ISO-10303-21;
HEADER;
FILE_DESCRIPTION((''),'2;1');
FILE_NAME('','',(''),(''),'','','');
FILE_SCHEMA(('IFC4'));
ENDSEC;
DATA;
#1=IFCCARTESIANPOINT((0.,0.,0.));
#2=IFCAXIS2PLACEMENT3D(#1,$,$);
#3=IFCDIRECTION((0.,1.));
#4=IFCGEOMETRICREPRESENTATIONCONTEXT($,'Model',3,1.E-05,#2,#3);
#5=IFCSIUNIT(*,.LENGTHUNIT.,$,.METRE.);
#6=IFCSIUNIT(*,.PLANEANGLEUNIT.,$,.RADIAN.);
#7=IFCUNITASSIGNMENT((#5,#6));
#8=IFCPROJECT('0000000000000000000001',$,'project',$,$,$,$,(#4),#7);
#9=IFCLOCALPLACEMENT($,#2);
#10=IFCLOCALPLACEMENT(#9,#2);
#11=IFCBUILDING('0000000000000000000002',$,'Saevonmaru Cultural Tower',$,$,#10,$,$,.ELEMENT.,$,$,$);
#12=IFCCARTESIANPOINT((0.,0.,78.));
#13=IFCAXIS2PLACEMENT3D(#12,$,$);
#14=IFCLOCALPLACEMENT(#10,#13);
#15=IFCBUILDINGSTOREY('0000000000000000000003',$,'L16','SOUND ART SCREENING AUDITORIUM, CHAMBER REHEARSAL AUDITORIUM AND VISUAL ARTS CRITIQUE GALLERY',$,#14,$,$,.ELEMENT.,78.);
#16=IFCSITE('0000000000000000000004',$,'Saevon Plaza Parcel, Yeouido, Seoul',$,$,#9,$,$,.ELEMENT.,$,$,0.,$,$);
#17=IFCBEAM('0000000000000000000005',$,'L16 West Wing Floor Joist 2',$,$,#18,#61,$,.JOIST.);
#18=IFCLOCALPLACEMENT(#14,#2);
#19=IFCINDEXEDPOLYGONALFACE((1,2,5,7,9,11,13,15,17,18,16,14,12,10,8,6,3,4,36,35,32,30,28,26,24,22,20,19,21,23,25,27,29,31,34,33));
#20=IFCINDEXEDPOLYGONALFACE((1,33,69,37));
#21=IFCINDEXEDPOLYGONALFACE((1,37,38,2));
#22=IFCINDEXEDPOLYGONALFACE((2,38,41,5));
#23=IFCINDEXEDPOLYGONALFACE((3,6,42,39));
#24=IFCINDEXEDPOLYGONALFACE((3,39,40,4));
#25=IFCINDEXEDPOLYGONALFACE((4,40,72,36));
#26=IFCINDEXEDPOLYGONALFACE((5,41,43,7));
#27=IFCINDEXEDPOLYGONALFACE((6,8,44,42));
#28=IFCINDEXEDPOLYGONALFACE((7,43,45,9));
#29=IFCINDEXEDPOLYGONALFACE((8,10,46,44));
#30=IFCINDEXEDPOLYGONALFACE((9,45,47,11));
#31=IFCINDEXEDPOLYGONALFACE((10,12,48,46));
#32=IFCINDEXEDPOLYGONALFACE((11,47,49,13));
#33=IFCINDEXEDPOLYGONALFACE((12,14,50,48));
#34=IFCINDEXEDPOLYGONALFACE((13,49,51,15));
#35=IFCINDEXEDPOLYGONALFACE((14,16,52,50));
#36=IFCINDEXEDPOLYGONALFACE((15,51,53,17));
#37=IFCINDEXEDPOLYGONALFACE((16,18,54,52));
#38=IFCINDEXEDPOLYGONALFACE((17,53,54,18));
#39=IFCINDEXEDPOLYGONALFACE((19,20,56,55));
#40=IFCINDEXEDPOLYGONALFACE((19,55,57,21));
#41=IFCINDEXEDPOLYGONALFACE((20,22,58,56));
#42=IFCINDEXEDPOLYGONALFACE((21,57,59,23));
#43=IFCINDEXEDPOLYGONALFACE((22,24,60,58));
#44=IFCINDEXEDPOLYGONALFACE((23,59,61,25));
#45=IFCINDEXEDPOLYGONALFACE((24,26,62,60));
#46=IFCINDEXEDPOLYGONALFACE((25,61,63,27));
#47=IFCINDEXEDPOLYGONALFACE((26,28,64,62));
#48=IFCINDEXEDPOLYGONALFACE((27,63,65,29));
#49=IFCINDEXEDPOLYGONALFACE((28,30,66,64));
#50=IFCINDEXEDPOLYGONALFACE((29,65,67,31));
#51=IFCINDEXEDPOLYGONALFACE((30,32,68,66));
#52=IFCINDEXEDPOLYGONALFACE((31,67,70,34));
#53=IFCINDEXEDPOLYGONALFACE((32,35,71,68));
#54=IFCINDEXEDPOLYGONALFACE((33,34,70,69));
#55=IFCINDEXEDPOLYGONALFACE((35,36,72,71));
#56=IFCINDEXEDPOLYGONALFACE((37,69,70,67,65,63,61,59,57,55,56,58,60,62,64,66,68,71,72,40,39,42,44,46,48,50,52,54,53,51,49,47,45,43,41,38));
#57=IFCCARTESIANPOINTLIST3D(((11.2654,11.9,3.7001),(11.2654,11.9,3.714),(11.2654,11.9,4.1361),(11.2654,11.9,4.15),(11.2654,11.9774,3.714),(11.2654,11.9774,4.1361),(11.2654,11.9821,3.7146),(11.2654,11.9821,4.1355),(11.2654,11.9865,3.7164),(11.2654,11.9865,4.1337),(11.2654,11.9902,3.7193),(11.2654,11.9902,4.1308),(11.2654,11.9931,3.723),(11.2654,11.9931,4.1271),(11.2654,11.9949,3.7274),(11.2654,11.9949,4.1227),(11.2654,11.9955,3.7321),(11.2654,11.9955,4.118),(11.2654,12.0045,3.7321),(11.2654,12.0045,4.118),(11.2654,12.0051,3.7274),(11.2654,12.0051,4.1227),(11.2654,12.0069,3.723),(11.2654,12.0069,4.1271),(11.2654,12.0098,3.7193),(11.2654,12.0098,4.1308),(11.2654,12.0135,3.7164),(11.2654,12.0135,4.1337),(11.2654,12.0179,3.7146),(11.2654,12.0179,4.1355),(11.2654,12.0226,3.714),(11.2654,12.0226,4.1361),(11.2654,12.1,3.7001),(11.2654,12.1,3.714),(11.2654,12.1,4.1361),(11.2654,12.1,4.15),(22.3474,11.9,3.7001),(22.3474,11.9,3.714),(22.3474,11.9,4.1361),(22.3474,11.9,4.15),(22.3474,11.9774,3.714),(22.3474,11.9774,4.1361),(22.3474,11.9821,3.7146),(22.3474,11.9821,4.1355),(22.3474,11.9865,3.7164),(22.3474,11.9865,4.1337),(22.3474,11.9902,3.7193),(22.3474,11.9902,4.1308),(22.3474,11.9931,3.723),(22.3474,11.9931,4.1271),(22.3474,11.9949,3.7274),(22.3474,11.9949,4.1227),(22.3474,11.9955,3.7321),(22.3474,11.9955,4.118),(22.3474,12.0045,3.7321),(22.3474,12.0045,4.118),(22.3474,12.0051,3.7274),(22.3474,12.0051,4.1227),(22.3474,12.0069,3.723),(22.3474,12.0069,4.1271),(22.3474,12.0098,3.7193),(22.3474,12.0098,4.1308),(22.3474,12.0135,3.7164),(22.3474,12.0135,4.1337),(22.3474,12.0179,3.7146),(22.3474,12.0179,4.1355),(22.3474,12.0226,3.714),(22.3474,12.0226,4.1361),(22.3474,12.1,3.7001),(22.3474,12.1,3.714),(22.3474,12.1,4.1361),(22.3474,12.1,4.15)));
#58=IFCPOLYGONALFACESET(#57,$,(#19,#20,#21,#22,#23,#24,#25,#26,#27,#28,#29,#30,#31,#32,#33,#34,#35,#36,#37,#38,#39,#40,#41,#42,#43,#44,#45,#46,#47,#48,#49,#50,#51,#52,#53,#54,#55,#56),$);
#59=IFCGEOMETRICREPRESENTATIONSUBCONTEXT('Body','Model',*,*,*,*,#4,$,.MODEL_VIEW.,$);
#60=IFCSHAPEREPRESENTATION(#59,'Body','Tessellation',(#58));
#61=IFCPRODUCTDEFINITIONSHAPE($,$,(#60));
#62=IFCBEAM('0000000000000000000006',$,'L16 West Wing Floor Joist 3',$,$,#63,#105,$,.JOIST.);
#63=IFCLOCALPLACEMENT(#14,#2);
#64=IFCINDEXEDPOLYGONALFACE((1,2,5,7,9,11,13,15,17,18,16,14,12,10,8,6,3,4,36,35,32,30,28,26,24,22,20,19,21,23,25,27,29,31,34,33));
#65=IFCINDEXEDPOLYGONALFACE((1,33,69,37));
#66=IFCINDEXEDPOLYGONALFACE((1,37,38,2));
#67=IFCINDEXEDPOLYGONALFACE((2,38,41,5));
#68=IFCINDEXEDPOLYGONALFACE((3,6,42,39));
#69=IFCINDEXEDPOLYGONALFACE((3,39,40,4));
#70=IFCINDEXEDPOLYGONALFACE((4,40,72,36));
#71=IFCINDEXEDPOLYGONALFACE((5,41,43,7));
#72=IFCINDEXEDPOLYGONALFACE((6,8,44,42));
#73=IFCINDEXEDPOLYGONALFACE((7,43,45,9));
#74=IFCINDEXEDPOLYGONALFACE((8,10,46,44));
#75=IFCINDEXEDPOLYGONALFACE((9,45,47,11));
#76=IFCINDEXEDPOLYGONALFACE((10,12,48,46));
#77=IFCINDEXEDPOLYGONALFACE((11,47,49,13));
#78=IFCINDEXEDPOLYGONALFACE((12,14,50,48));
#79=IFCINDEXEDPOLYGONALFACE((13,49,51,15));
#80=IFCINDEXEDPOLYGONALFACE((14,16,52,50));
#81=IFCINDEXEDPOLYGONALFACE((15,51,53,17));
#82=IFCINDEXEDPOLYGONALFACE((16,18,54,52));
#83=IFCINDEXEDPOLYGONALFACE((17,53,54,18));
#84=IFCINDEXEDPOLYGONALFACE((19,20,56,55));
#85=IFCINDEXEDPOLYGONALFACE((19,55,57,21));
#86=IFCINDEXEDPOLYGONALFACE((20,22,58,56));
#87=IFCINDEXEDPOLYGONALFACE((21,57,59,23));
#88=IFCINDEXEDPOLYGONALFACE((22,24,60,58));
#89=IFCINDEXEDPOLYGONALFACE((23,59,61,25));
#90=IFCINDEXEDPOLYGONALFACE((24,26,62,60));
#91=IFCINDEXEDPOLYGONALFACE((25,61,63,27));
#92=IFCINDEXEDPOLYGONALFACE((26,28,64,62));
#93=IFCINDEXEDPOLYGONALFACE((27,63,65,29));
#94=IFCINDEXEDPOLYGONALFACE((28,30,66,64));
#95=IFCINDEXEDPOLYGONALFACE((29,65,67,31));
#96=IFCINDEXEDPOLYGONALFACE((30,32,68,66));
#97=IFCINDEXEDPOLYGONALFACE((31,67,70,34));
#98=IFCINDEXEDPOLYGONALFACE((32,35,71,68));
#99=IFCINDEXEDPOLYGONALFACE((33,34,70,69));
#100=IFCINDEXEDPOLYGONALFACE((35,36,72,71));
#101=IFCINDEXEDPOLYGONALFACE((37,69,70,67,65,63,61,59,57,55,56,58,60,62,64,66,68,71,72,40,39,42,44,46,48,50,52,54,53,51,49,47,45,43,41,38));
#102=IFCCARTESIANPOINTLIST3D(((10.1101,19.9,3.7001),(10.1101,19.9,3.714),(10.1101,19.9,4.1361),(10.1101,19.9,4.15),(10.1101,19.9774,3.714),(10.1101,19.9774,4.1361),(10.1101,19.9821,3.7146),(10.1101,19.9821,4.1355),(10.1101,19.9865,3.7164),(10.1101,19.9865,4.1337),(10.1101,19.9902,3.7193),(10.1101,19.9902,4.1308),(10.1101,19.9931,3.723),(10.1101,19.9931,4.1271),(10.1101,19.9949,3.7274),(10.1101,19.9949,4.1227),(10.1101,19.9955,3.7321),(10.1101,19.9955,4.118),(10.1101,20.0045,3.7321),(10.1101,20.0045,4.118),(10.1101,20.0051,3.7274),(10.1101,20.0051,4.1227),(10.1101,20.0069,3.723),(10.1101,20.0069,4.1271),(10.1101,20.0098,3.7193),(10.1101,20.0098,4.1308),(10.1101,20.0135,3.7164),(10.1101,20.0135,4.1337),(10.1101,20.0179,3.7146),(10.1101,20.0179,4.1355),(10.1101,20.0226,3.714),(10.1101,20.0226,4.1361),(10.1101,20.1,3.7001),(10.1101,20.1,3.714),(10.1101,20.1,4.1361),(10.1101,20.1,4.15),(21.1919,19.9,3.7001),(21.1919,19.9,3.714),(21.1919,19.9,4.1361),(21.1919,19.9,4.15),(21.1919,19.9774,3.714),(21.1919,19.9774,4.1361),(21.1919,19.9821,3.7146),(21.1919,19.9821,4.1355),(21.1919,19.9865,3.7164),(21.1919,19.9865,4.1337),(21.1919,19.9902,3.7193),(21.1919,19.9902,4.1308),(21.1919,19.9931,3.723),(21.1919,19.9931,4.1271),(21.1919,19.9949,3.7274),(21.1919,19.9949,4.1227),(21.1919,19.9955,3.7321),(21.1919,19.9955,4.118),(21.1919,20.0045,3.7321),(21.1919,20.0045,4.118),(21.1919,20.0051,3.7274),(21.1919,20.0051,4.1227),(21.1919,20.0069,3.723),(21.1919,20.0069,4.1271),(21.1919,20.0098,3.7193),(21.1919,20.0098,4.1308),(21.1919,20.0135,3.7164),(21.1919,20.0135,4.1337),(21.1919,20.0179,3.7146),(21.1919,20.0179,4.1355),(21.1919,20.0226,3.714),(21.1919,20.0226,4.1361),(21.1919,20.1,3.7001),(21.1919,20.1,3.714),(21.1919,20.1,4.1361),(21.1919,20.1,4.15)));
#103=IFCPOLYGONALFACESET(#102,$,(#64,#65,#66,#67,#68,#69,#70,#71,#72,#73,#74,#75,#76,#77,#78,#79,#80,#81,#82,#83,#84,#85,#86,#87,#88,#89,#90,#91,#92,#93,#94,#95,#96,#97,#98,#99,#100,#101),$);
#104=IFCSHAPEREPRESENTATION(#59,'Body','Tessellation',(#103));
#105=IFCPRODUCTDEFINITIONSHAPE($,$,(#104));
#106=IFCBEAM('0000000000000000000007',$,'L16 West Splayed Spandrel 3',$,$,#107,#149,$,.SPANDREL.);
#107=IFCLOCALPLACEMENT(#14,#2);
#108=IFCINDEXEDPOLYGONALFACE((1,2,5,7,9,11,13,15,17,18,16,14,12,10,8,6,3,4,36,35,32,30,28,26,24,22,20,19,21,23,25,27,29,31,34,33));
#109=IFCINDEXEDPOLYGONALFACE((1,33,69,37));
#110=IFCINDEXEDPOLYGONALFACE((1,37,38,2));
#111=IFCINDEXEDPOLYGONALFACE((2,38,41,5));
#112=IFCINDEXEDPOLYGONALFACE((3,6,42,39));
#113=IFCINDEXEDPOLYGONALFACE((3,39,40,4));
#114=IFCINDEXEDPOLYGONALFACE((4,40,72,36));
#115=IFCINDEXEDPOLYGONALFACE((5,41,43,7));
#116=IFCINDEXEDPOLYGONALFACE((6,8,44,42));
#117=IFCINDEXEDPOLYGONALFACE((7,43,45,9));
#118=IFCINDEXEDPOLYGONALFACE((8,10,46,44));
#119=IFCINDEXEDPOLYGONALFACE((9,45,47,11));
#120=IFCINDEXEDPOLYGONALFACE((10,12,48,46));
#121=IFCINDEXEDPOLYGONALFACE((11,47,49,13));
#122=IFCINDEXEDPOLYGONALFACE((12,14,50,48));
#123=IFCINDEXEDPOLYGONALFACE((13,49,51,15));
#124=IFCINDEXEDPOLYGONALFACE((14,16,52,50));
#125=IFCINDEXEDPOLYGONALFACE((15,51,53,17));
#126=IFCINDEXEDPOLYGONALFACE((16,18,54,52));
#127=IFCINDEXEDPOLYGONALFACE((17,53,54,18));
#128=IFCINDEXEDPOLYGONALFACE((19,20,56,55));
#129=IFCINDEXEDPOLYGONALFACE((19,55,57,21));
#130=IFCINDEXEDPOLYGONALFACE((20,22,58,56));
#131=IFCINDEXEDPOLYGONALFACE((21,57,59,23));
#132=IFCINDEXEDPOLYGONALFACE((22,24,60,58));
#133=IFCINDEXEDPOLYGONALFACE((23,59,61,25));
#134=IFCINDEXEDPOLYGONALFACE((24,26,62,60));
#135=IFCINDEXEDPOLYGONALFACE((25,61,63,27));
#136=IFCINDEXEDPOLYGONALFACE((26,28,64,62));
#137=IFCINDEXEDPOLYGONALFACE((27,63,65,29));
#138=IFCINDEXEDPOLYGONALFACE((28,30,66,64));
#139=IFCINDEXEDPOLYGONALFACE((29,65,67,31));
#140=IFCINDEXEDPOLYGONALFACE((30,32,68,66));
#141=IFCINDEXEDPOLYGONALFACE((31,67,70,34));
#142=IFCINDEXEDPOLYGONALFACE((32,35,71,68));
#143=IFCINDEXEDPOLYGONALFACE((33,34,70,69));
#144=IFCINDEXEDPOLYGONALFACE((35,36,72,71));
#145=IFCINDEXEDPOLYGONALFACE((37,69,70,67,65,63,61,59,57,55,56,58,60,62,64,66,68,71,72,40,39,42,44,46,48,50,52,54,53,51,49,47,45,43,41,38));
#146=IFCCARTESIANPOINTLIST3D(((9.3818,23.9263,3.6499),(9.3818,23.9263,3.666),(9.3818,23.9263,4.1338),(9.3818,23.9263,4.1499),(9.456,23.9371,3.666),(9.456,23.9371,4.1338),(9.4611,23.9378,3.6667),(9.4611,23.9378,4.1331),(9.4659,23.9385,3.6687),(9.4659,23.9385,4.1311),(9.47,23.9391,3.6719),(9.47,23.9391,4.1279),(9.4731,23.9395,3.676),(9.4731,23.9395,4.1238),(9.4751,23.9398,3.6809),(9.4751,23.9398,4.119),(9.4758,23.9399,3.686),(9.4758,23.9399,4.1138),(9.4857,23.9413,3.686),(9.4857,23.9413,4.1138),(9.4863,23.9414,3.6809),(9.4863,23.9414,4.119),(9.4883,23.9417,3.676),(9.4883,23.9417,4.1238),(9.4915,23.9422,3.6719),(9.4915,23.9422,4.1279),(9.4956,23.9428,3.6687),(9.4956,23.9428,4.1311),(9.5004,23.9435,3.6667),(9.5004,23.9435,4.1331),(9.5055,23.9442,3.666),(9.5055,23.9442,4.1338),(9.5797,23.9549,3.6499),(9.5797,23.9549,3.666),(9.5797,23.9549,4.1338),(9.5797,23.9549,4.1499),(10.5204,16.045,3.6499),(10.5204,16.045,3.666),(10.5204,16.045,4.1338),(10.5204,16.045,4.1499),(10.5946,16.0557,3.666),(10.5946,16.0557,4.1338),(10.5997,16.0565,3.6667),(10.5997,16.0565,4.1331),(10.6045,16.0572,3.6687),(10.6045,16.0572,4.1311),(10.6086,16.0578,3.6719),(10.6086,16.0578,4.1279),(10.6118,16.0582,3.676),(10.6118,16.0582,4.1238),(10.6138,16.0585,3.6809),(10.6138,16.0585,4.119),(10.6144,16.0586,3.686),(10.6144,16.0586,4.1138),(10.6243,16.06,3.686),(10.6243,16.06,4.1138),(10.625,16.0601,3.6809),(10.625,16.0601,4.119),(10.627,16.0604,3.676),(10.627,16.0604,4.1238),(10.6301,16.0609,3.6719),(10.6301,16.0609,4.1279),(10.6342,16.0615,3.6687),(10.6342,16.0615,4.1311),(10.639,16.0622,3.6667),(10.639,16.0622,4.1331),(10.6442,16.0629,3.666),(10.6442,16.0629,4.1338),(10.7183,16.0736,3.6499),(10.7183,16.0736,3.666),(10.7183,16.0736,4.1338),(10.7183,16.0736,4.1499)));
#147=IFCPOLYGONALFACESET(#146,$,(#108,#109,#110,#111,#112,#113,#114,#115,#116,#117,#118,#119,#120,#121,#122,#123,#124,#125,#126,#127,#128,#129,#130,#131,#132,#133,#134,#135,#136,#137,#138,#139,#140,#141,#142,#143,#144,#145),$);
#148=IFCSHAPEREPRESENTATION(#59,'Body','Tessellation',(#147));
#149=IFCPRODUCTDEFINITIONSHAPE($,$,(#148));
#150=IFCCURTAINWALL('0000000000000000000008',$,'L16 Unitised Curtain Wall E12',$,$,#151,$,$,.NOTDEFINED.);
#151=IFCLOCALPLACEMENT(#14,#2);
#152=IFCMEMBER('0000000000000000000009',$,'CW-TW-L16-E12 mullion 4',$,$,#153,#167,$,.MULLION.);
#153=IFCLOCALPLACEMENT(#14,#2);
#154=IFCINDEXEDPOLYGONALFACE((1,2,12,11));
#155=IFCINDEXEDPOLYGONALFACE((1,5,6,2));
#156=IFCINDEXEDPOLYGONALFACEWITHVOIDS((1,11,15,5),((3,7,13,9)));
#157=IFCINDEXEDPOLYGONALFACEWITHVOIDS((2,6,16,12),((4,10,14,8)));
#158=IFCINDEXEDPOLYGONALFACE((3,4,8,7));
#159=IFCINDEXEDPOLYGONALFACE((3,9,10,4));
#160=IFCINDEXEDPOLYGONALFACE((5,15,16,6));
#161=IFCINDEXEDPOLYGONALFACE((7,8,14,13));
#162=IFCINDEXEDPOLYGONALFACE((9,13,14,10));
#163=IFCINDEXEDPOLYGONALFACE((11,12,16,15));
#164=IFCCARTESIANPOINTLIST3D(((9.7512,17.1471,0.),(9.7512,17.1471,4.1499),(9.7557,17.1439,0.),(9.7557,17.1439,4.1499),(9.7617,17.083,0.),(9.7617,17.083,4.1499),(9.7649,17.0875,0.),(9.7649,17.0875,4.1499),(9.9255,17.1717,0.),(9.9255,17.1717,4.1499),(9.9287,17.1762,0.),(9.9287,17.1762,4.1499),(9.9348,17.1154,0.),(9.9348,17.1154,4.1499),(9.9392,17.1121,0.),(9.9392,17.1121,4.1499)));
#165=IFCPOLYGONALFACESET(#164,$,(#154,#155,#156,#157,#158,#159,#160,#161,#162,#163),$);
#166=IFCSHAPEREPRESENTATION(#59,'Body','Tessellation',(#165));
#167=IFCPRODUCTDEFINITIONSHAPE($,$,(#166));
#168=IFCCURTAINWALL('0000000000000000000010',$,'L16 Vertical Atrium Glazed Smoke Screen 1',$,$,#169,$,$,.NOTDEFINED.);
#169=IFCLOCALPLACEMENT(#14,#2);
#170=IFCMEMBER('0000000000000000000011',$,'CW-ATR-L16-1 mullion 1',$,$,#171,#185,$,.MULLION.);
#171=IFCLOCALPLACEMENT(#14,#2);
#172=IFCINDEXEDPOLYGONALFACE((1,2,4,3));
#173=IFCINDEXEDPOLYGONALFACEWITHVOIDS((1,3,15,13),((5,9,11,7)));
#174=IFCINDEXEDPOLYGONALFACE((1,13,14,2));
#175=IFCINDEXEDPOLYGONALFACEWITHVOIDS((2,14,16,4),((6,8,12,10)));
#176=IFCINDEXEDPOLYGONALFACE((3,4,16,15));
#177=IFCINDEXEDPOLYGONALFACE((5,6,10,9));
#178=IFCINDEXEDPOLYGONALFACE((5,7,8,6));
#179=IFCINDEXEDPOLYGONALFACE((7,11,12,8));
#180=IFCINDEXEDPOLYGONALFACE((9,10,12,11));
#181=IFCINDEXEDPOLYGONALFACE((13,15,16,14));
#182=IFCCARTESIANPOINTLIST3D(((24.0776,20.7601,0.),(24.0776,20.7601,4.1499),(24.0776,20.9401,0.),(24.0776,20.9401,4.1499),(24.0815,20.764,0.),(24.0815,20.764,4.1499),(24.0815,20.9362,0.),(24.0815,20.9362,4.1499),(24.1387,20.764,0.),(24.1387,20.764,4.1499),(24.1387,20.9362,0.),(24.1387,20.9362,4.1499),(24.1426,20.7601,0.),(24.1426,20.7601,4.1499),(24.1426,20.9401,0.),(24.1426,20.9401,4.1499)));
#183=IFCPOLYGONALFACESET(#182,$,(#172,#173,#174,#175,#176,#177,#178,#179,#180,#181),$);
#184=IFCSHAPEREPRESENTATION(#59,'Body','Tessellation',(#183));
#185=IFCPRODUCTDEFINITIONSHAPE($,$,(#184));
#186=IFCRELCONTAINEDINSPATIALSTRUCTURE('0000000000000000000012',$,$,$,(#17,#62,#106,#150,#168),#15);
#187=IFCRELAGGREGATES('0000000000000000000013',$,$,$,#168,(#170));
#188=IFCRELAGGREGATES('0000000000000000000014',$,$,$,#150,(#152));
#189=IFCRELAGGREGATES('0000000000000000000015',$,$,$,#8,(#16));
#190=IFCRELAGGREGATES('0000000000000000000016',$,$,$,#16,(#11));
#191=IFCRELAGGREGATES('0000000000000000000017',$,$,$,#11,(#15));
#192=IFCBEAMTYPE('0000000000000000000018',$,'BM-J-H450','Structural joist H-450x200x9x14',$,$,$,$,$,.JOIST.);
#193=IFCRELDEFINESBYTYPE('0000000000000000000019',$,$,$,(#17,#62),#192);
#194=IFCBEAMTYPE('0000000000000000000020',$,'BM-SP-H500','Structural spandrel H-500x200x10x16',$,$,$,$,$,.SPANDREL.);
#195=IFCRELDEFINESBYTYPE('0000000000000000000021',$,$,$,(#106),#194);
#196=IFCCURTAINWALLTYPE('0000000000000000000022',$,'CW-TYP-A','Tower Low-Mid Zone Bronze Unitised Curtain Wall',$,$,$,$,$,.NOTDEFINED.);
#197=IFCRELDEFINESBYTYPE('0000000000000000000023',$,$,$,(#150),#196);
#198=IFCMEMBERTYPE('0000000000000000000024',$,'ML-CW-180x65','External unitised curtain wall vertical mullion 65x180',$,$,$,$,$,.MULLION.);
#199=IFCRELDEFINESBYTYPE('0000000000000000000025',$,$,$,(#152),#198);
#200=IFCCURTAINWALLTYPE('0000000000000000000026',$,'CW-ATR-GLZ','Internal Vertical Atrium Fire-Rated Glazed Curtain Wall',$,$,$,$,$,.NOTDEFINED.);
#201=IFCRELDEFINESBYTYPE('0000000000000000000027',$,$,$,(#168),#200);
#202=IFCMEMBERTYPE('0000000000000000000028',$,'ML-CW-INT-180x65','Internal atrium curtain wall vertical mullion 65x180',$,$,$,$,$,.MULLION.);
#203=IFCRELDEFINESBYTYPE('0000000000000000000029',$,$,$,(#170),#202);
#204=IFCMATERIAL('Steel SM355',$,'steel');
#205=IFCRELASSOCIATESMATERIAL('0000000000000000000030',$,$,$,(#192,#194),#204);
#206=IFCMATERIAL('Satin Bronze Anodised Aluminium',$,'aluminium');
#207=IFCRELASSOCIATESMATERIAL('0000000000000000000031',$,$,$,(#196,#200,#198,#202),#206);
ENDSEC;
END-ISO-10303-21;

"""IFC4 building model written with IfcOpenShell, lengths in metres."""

from ifc_helpers import new_model, si_unit, direction, frame, origin, origin_2d, place, context, subcontext, project, spatial, hollow_rectangle, i_section, extrude, material, material_profile, profile_set, type_object, element, aggregate, save


model = new_model("IFC4")

# Units and contexts
model_context = context("Model", 3, precision=1e-05, world=origin(), true_north=direction((0.0, 1.0)))
body_context = subcontext(model_context, "Body", "Model", "MODEL_VIEW")
ifc_project = project(units=[si_unit("LENGTHUNIT", "METRE"), si_unit("PLANEANGLEUNIT", "RADIAN")], contexts=[model_context])

# Site, building, storey
site_placement = place(None, origin())
site = spatial("IfcSite", under=ifc_project, at=site_placement, Name="Saevon Plaza Parcel, Yeouido, Seoul", CompositionType="ELEMENT", RefElevation=0.0)
building_placement = place(site_placement, origin())
building = spatial("IfcBuilding", under=site, at=building_placement, Name="Saevonmaru Cultural Tower", CompositionType="ELEMENT")
storey_placement = place(building_placement, frame((0.0, 0.0, 78.0)))
storey = spatial("IfcBuildingStorey", under=building, at=storey_placement, Name="L16", Description="SOUND ART SCREENING AUDITORIUM, CHAMBER REHEARSAL AUDITORIUM AND VISUAL ARTS CRITIQUE GALLERY", CompositionType="ELEMENT", Elevation=78.0)

# Beams
ifc_material_1 = material(Name="Steel SM355", Category="steel")
ifc_material_profile_1 = material_profile(ifc_material_1, i_section(OverallWidth=0.2, OverallDepth=0.45, WebThickness=0.009, FlangeThickness=0.0139, FilletRadius=0.0181, at=origin_2d()), Name="H-450x200x9x14")
ifc_profile_set_1 = profile_set([ifc_material_profile_1], Name="Steel SM355")
beam_type_1 = type_object("IfcBeamType", Name="BM-J-H450", Description="Structural joist H-450x200x9x14", PredefinedType="JOIST", material=ifc_profile_set_1)
beam_1_placement = place(storey_placement, frame((11.2654, 12.0, 3.925), z_axis=(1.0, 0.0, 0.0), x_axis=(0.0, 1.0, 0.0)))
element("IfcBeam", 1, at=beam_1_placement, inside=storey, type_object=beam_type_1, Name="L16 West Wing Floor Joist 2", PredefinedType="JOIST", context=body_context, shape_type="SweptSolid", body=[
    extrude(i_section(OverallWidth=0.2, OverallDepth=0.45, WebThickness=0.009, FlangeThickness=0.0139, FilletRadius=0.0181, at=origin_2d()), origin(), (0.0, 0.0, 1.0), 11.082),
])
beam_2_placement = place(storey_placement, frame((10.1101, 20.0, 3.925), z_axis=(1.0, 0.0, 0.0), x_axis=(0.0, 1.0, 0.0)))
element("IfcBeam", 2, at=beam_2_placement, inside=storey, type_object=beam_type_1, Name="L16 West Wing Floor Joist 3", PredefinedType="JOIST", context=body_context, shape_type="SweptSolid", body=[
    extrude(i_section(OverallWidth=0.2, OverallDepth=0.45, WebThickness=0.009, FlangeThickness=0.0139, FilletRadius=0.0181, at=origin_2d()), origin(), (0.0, 0.0, 1.0), 11.0818),
])
ifc_material_profile_2 = material_profile(ifc_material_1, i_section(OverallWidth=0.2, OverallDepth=0.5, WebThickness=0.01, FlangeThickness=0.0161, FilletRadius=0.02, at=origin_2d()), Name="H-500x200x10x16")
ifc_profile_set_2 = profile_set([ifc_material_profile_2], Name="Steel SM355")
beam_type_2 = type_object("IfcBeamType", Name="BM-SP-H500", Description="Structural spandrel H-500x200x10x16", PredefinedType="SPANDREL", material=ifc_profile_set_2)
beam_3_placement = place(storey_placement, frame((10.6194, 16.0593, 3.8999), z_axis=(-0.142992, 0.989724, 0.0), x_axis=(-0.989724, -0.142992, 0.0)))
element("IfcBeam", 3, at=beam_3_placement, inside=storey, type_object=beam_type_2, Name="L16 West Splayed Spandrel 3", PredefinedType="SPANDREL", context=body_context, shape_type="SweptSolid", body=[
    extrude(i_section(OverallWidth=0.2, OverallDepth=0.5, WebThickness=0.01, FlangeThickness=0.0161, FilletRadius=0.02, at=origin_2d()), origin(), (0.0, 0.0, 1.0), 7.9631),
])

# Curtain walls, members
ifc_material_2 = material(Name="Satin Bronze Anodised Aluminium", Category="aluminium")
curtain_wall_type_1 = type_object("IfcCurtainWallType", Name="CW-TYP-A", Description="Tower Low-Mid Zone Bronze Unitised Curtain Wall", PredefinedType="NOTDEFINED", material=ifc_material_2)
curtain_wall_1_placement = place(storey_placement, origin())
curtain_wall_1 = element("IfcCurtainWall", 4, at=curtain_wall_1_placement, inside=storey, type_object=curtain_wall_type_1, Name="L16 Unitised Curtain Wall E12", PredefinedType="NOTDEFINED")
ifc_material_profile_3 = material_profile(ifc_material_2, hollow_rectangle(XDim=0.0649, YDim=0.1799, WallThickness=0.0039, at=origin_2d()), Name="ALU-MULL-180x65x4")
ifc_profile_set_3 = profile_set([ifc_material_profile_3], Name="Satin Bronze Anodised Aluminium")
member_type_1 = type_object("IfcMemberType", Name="ML-CW-180x65", Description="External unitised curtain wall vertical mullion 65x180", PredefinedType="MULLION", material=ifc_profile_set_3)
member_1_placement = place(storey_placement, frame((9.8452, 17.1296, 0.0), z_axis=(0.0, 0.0, 1.0), x_axis=(0.161709, -0.986839, 0.0)))
member_1 = element("IfcMember", 5, at=member_1_placement, type_object=member_type_1, Name="CW-TW-L16-E12 mullion 4", PredefinedType="MULLION", context=body_context, shape_type="SweptSolid", body=[
    extrude(hollow_rectangle(XDim=0.0649, YDim=0.1799, WallThickness=0.0039, at=origin_2d()), origin(), (0.0, 0.0, 1.0), 4.1499),
])
curtain_wall_type_2 = type_object("IfcCurtainWallType", Name="CW-ATR-GLZ", Description="Internal Vertical Atrium Fire-Rated Glazed Curtain Wall", PredefinedType="NOTDEFINED", material=ifc_material_2)
curtain_wall_2_placement = place(storey_placement, origin())
curtain_wall_2 = element("IfcCurtainWall", 6, at=curtain_wall_2_placement, inside=storey, type_object=curtain_wall_type_2, Name="L16 Vertical Atrium Glazed Smoke Screen 1", PredefinedType="NOTDEFINED")
ifc_material_profile_4 = material_profile(ifc_material_2, hollow_rectangle(XDim=0.0649, YDim=0.1799, WallThickness=0.0039, at=origin_2d()), Name="ALU-MULL-180x65x4")
ifc_profile_set_4 = profile_set([ifc_material_profile_4], Name="Satin Bronze Anodised Aluminium")
member_type_2 = type_object("IfcMemberType", Name="ML-CW-INT-180x65", Description="Internal atrium curtain wall vertical mullion 65x180", PredefinedType="MULLION", material=ifc_profile_set_4)
member_2_placement = place(storey_placement, frame((24.1101, 20.8501, 0.0), z_axis=(0.0, 0.0, 1.0), x_axis=(1.0, 0.0, 0.0)))
member_2 = element("IfcMember", 7, at=member_2_placement, type_object=member_type_2, Name="CW-ATR-L16-1 mullion 1", PredefinedType="MULLION", context=body_context, shape_type="SweptSolid", body=[
    extrude(hollow_rectangle(XDim=0.0649, YDim=0.1799, WallThickness=0.0039, at=origin_2d()), origin(), (0.0, 0.0, 1.0), 4.1499),
])

aggregate(curtain_wall_2, [member_2])

aggregate(curtain_wall_1, [member_1])

save(model, "model.ifc")
